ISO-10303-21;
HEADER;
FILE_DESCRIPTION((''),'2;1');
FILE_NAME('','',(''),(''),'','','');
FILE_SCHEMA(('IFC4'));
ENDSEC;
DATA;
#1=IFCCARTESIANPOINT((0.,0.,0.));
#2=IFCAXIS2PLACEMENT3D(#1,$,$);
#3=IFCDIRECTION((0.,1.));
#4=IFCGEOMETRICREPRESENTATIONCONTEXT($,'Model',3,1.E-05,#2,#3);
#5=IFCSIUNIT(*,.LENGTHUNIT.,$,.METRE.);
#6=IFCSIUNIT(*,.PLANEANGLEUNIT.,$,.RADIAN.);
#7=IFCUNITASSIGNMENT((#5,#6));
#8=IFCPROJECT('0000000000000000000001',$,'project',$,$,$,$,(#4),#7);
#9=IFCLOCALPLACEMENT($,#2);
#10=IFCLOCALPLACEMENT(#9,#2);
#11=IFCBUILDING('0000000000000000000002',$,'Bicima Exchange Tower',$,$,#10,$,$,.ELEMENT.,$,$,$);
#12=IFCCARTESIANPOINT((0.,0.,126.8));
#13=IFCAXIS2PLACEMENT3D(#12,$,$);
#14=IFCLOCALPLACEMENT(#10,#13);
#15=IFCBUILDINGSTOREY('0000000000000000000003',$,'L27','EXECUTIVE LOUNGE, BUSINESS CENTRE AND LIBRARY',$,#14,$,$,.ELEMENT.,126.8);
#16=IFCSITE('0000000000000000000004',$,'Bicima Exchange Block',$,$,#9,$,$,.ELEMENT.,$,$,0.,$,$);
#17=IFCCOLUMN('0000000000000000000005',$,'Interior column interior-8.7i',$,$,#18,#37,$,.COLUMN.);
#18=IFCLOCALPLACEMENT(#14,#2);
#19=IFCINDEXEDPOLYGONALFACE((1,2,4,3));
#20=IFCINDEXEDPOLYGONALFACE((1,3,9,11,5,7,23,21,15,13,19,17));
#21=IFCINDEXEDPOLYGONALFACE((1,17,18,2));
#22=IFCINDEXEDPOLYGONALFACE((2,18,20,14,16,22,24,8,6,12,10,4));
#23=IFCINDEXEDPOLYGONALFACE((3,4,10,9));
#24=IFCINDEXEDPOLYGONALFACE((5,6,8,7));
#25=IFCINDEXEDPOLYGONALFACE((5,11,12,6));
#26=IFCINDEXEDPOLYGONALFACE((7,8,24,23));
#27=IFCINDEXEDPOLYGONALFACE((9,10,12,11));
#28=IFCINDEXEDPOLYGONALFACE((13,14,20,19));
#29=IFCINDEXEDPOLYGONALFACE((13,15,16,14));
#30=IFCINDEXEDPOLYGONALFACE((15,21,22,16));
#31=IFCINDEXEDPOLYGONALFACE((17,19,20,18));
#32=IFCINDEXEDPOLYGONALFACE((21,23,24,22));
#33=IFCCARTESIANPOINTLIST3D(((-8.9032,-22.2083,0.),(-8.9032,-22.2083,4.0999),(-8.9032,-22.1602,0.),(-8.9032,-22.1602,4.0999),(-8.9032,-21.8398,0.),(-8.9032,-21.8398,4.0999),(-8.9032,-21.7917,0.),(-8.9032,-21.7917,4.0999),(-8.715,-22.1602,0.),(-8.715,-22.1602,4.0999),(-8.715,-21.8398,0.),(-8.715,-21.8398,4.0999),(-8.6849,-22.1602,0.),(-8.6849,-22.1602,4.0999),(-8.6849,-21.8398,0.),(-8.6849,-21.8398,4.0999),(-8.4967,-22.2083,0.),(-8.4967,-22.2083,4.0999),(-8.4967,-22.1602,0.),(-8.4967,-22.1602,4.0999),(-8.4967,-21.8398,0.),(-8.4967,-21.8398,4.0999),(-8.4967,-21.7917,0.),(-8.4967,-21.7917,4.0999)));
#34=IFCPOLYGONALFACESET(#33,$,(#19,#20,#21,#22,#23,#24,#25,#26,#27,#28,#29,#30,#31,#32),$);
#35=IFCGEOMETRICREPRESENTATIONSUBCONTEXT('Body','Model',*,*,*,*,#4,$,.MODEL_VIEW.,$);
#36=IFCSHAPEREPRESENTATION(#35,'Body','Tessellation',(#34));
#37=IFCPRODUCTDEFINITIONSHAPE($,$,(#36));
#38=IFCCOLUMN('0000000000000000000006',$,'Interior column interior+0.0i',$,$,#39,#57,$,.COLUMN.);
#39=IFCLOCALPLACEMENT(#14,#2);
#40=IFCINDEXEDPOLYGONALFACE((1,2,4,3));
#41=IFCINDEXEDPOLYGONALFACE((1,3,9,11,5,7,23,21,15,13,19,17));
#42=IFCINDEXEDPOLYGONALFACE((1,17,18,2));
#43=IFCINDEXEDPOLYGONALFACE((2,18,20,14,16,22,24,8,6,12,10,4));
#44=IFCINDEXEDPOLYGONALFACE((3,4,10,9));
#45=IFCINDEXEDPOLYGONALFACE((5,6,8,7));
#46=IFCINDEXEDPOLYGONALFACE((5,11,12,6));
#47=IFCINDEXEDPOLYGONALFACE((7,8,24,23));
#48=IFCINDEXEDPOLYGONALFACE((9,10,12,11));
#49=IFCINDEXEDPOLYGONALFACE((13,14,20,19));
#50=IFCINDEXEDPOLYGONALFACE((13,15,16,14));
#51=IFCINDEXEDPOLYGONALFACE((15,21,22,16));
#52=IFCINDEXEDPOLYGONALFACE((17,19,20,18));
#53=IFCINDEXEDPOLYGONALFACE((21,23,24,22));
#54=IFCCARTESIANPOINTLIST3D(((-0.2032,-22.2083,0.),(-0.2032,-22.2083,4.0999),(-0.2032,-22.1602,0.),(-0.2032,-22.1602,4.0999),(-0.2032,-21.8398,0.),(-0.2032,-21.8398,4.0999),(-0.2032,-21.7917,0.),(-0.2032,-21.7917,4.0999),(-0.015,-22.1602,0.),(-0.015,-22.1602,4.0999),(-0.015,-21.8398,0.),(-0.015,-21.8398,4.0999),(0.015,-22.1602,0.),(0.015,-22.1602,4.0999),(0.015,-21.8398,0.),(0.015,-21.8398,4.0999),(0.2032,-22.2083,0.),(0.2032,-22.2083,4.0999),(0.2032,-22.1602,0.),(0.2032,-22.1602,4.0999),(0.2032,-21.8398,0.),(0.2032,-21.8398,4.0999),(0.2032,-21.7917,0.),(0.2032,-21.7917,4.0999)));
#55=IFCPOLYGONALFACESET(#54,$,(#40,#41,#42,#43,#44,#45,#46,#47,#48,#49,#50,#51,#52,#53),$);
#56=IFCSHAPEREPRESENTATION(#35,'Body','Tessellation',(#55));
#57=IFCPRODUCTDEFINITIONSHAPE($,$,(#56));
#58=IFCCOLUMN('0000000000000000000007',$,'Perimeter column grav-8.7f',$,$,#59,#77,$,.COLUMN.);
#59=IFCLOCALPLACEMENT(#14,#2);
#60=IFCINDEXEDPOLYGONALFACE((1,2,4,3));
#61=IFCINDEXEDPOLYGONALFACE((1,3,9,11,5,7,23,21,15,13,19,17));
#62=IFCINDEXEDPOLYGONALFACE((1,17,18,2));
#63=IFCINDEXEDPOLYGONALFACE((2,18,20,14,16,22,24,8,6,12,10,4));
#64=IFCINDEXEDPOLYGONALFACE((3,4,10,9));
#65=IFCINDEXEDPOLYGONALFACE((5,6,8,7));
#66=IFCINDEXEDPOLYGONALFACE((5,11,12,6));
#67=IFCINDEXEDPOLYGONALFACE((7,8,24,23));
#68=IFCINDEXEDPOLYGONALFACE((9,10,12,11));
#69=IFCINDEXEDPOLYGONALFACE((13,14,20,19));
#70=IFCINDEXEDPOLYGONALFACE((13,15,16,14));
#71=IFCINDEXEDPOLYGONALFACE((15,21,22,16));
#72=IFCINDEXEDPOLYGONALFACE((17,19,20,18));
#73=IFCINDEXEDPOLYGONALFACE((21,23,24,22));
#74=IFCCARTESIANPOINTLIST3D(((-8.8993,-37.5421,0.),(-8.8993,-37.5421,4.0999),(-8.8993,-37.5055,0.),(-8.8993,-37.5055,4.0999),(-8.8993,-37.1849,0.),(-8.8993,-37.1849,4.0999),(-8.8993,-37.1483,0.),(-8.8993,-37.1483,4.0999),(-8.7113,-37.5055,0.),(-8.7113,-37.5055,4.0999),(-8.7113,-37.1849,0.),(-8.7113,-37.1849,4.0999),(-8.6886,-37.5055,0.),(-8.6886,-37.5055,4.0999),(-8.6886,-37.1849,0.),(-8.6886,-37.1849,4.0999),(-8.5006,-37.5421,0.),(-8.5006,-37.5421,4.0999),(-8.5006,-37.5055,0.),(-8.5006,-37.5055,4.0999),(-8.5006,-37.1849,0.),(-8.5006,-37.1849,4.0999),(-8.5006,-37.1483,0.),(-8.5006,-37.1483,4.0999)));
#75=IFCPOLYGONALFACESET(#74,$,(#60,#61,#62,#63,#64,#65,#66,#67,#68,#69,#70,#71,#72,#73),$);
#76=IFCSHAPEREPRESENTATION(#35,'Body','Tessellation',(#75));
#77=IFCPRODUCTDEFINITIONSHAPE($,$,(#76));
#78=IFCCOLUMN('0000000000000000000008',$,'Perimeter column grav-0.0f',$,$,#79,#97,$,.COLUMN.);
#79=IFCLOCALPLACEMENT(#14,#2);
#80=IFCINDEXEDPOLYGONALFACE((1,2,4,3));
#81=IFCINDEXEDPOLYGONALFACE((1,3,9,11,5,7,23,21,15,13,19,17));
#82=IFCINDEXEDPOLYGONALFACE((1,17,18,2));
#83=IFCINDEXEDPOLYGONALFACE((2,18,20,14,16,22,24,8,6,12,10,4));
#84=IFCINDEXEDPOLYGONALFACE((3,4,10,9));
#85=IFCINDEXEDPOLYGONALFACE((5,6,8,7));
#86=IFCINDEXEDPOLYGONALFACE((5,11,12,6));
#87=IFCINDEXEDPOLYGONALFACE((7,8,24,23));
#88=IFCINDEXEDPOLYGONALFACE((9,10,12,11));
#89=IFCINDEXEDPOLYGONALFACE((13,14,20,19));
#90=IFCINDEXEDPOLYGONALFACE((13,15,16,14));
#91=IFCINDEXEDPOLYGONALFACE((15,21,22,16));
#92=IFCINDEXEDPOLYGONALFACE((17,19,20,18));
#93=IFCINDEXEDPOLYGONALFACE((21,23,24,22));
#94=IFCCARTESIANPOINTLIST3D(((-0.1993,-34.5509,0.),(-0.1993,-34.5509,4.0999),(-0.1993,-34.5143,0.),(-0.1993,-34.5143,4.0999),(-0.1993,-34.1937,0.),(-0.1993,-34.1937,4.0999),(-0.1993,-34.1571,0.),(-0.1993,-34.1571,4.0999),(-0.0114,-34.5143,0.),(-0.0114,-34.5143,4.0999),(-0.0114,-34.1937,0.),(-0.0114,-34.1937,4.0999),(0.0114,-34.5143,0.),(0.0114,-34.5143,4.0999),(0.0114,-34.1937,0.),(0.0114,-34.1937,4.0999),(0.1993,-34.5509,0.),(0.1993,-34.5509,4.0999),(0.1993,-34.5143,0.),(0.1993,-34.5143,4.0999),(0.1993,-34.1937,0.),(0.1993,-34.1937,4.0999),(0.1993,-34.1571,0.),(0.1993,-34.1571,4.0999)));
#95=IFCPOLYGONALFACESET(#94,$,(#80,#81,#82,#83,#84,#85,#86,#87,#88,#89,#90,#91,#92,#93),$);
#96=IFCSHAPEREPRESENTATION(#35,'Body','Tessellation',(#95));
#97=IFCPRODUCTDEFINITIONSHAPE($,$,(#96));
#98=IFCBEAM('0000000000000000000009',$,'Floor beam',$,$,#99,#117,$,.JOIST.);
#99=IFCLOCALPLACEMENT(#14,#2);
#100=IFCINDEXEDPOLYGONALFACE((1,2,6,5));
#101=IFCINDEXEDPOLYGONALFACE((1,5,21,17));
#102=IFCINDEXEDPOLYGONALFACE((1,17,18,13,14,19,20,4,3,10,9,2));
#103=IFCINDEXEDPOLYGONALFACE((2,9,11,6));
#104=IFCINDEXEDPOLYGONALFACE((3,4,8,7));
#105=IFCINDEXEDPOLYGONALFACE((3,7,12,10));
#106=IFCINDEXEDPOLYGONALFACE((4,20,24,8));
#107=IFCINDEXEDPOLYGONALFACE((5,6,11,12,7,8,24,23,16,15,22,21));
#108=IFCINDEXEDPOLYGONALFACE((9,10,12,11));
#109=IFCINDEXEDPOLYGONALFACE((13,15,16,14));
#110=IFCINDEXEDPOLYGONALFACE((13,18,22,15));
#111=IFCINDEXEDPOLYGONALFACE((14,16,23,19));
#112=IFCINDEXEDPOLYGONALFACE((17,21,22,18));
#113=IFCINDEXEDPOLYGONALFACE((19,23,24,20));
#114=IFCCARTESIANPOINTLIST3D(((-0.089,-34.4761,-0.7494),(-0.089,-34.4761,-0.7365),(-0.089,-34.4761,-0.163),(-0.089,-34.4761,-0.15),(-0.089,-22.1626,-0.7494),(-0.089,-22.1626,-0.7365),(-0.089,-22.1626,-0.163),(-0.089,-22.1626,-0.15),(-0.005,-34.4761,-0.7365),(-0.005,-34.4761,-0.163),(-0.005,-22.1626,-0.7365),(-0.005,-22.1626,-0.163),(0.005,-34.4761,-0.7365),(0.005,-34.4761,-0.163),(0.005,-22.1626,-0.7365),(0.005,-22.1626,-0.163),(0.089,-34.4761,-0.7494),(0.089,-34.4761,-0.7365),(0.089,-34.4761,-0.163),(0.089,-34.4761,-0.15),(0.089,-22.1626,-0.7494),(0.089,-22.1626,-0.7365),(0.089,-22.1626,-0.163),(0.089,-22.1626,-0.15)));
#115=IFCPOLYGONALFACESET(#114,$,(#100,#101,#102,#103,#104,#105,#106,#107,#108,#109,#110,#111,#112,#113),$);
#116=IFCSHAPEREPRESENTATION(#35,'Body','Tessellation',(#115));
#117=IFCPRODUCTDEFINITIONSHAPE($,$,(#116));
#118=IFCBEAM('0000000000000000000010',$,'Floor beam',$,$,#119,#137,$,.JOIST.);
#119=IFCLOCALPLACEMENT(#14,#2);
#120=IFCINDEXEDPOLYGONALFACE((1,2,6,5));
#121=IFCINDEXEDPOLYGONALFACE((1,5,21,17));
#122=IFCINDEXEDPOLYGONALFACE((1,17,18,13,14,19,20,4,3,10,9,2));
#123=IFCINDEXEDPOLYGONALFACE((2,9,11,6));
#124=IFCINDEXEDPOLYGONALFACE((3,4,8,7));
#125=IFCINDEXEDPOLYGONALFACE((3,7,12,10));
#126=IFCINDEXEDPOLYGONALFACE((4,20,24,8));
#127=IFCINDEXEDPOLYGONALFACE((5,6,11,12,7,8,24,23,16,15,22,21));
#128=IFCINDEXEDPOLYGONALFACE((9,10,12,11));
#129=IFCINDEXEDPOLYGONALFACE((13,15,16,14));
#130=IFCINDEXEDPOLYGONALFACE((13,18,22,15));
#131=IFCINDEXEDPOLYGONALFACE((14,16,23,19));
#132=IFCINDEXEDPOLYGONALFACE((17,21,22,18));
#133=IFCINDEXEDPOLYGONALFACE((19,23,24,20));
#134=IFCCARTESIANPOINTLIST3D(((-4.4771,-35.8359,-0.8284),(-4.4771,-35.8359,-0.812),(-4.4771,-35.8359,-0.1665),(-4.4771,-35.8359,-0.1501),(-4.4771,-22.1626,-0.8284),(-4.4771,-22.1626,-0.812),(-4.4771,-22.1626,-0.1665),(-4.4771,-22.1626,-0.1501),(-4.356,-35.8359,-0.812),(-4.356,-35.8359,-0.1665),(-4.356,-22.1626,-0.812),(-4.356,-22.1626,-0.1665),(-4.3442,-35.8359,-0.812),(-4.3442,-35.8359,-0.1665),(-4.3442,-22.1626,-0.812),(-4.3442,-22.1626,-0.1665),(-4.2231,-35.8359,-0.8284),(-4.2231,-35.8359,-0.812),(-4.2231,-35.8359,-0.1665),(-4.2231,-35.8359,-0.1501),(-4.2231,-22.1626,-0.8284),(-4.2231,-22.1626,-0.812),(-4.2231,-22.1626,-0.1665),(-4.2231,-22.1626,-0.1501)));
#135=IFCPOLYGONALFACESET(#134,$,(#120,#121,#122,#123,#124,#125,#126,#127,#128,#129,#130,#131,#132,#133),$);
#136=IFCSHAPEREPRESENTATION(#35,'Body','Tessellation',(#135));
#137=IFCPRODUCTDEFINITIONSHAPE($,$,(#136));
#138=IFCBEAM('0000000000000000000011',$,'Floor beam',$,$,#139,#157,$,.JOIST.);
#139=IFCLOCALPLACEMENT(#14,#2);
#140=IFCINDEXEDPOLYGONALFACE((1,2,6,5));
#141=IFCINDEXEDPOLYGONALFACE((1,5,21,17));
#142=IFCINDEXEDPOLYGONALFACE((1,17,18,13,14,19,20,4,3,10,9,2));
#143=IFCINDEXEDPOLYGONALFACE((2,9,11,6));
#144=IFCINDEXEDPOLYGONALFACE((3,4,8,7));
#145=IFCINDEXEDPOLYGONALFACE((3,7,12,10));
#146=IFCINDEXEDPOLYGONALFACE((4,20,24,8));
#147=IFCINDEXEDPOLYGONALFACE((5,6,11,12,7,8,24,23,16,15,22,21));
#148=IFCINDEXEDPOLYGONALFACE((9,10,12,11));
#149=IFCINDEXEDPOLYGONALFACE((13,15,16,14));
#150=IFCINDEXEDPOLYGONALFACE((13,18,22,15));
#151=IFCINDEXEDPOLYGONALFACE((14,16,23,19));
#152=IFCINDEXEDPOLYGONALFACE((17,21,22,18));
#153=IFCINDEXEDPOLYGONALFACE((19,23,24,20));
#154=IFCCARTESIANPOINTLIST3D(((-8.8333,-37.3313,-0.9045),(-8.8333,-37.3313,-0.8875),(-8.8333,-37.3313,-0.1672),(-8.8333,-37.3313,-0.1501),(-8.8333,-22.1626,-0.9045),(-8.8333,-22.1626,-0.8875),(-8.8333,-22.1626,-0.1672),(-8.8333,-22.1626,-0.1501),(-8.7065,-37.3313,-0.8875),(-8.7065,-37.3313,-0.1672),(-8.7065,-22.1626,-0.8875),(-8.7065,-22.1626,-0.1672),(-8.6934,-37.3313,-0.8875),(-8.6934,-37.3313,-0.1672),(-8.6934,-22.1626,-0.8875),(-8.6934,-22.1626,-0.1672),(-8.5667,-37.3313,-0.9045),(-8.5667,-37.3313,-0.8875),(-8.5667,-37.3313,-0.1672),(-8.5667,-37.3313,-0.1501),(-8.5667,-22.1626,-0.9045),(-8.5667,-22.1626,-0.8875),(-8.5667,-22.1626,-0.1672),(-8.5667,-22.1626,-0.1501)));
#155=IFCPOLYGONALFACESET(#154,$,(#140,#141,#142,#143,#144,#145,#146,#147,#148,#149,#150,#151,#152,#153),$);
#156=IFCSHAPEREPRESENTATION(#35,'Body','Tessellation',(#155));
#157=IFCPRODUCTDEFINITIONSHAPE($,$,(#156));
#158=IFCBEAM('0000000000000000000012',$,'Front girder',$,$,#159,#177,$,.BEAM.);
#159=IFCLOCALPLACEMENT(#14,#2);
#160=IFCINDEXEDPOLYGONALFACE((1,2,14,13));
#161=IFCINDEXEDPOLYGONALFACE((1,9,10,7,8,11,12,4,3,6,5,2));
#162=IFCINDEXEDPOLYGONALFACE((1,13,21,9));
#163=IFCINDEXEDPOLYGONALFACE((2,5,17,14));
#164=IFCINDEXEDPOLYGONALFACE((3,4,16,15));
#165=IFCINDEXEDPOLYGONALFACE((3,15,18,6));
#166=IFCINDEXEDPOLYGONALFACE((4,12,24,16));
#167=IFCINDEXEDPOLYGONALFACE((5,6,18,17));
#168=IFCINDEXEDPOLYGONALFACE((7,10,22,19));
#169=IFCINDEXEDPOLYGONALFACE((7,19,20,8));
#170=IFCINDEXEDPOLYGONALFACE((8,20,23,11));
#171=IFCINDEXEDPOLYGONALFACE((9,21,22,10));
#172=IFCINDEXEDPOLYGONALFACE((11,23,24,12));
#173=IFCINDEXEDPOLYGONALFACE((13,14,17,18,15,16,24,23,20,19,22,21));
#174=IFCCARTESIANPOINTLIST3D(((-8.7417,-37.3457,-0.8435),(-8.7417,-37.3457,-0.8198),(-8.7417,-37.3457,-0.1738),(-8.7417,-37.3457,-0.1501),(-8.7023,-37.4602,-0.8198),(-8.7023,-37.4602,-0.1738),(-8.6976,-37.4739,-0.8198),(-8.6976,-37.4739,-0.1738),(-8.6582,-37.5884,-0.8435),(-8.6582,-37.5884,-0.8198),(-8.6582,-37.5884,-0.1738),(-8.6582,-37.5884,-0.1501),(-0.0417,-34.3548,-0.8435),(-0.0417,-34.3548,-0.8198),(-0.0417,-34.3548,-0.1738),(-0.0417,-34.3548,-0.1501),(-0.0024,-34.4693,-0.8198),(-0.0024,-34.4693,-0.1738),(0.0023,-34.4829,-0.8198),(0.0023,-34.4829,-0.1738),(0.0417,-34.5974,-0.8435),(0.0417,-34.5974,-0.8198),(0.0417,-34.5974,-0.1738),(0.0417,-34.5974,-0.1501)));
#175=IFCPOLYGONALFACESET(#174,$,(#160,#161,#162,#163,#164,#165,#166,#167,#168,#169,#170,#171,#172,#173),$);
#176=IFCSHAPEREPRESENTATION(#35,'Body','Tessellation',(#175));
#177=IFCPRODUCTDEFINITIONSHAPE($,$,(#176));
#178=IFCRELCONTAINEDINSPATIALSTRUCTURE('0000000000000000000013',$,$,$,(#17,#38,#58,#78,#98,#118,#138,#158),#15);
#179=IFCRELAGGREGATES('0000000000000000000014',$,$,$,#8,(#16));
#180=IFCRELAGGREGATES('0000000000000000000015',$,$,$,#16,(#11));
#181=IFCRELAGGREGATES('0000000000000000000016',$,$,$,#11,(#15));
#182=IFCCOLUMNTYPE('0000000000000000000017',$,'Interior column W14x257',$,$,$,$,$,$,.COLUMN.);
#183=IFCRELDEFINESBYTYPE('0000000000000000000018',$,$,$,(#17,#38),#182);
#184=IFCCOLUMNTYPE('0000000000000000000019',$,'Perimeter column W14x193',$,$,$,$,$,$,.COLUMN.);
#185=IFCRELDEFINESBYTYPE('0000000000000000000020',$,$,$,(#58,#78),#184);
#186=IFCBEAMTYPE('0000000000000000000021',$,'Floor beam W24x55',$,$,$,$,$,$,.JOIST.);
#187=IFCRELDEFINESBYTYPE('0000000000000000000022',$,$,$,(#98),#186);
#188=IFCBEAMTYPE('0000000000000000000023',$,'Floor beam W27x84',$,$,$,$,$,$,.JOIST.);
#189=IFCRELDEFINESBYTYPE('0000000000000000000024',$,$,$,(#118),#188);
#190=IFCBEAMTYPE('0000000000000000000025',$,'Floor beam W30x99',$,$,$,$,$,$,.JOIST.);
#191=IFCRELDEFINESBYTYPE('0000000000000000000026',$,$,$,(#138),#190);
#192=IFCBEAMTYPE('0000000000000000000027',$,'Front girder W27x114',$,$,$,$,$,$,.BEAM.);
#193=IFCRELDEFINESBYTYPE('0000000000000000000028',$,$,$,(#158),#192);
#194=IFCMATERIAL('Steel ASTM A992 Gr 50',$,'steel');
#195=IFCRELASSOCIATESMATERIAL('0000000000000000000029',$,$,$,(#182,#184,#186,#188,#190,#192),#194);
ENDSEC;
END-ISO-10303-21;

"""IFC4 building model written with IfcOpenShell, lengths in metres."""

from ifc_helpers import new_model, si_unit, direction, frame, origin, origin_2d, place, context, subcontext, project, spatial, i_section, extrude, material, material_profile, profile_set, type_object, element, save


model = new_model("IFC4")

# Units and contexts
model_context = context("Model", 3, precision=1e-05, world=origin(), true_north=direction((0.0, 1.0)))
body_context = subcontext(model_context, "Body", "Model", "MODEL_VIEW")
ifc_project = project(units=[si_unit("LENGTHUNIT", "METRE"), si_unit("PLANEANGLEUNIT", "RADIAN")], contexts=[model_context])

# Site, building, storey
site_placement = place(None, origin())
site = spatial("IfcSite", under=ifc_project, at=site_placement, Name="Bicima Exchange Block", CompositionType="ELEMENT", RefElevation=0.0)
building_placement = place(site_placement, origin())
building = spatial("IfcBuilding", under=site, at=building_placement, Name="Bicima Exchange Tower", CompositionType="ELEMENT")
storey_placement = place(building_placement, frame((0.0, 0.0, 126.8)))
storey = spatial("IfcBuildingStorey", under=building, at=storey_placement, Name="L27", Description="EXECUTIVE LOUNGE, BUSINESS CENTRE AND LIBRARY", CompositionType="ELEMENT", Elevation=126.8)

# Columns
ifc_material_1 = material(Name="Steel ASTM A992 Gr 50", Category="steel")
ifc_material_profile_1 = material_profile(ifc_material_1, i_section(OverallWidth=0.4065, OverallDepth=0.4165, WebThickness=0.03, FlangeThickness=0.0481, at=origin_2d()))
ifc_profile_set_1 = profile_set([ifc_material_profile_1], Name="Steel ASTM A992 Gr 50")
column_type_1 = type_object("IfcColumnType", Name="Interior column W14x257", PredefinedType="COLUMN", material=ifc_profile_set_1)
for number, where, z_axis, x_axis, name in (
    (1, (-8.7, -22.0, 0.0), (0.0, 0.0, 1.0), (1.0, 0.0, 0.0), "Interior column interior-8.7i"),
    (2, (0.0, -22.0, 0.0), (0.0, 0.0, 1.0), (1.0, 0.0, 0.0), "Interior column interior+0.0i"),
):
    element("IfcColumn", number, at=place(storey_placement, frame(where, z_axis=z_axis, x_axis=x_axis)), inside=storey, type_object=column_type_1, Name=name, PredefinedType="COLUMN", context=body_context, shape_type="SweptSolid", body=[
        extrude(i_section(OverallWidth=0.4065, OverallDepth=0.4165, WebThickness=0.03, FlangeThickness=0.0481, at=origin_2d()), origin(), (0.0, 0.0, 1.0), 4.0999),
    ])
ifc_material_profile_2 = material_profile(ifc_material_1, i_section(OverallWidth=0.3987, OverallDepth=0.3938, WebThickness=0.0227, FlangeThickness=0.0366, at=origin_2d()))
ifc_profile_set_2 = profile_set([ifc_material_profile_2], Name="Steel ASTM A992 Gr 50")
column_type_2 = type_object("IfcColumnType", Name="Perimeter column W14x193", PredefinedType="COLUMN", material=ifc_profile_set_2)
for number, where, z_axis, x_axis, name in (
    (3, (-8.7, -37.3452, 0.0), (0.0, 0.0, 1.0), (1.0, 0.0, 0.0), "Perimeter column grav-8.7f"),
    (4, (0.0, -34.354, 0.0), (0.0, 0.0, 1.0), (1.0, 0.0, 0.0), "Perimeter column grav-0.0f"),
):
    element("IfcColumn", number, at=place(storey_placement, frame(where, z_axis=z_axis, x_axis=x_axis)), inside=storey, type_object=column_type_2, Name=name, PredefinedType="COLUMN", context=body_context, shape_type="SweptSolid", body=[
        extrude(i_section(OverallWidth=0.3987, OverallDepth=0.3938, WebThickness=0.0227, FlangeThickness=0.0366, at=origin_2d()), origin(), (0.0, 0.0, 1.0), 4.0999),
    ])

# Beams
ifc_material_profile_3 = material_profile(ifc_material_1, i_section(OverallWidth=0.178, OverallDepth=0.5994, WebThickness=0.01, FlangeThickness=0.0129, at=origin_2d()))
ifc_profile_set_3 = profile_set([ifc_material_profile_3], Name="Steel ASTM A992 Gr 50")
beam_type_1 = type_object("IfcBeamType", Name="Floor beam W24x55", PredefinedType="JOIST", material=ifc_profile_set_3)
beam_1_placement = place(storey_placement, frame((0.0, -22.1626, -0.4497), z_axis=(0.0, -1.0, 0.0), x_axis=(1.0, 0.0, 0.0)))
element("IfcBeam", 5, at=beam_1_placement, inside=storey, type_object=beam_type_1, Name="Floor beam", PredefinedType="JOIST", context=body_context, shape_type="SweptSolid", body=[
    extrude(i_section(OverallWidth=0.178, OverallDepth=0.5994, WebThickness=0.01, FlangeThickness=0.0129, at=origin_2d()), origin(), (0.0, 0.0, 1.0), 12.3135),
])
ifc_material_profile_4 = material_profile(ifc_material_1, i_section(OverallWidth=0.2539, OverallDepth=0.6782, WebThickness=0.0117, FlangeThickness=0.0164, at=origin_2d()))
ifc_profile_set_4 = profile_set([ifc_material_profile_4], Name="Steel ASTM A992 Gr 50")
beam_type_2 = type_object("IfcBeamType", Name="Floor beam W27x84", PredefinedType="JOIST", material=ifc_profile_set_4)
beam_2_placement = place(storey_placement, frame((-4.3501, -22.1626, -0.4893), z_axis=(0.0, -1.0, 0.0), x_axis=(1.0, 0.0, 0.0)))
element("IfcBeam", 6, at=beam_2_placement, inside=storey, type_object=beam_type_2, Name="Floor beam", PredefinedType="JOIST", context=body_context, shape_type="SweptSolid", body=[
    extrude(i_section(OverallWidth=0.2539, OverallDepth=0.6782, WebThickness=0.0117, FlangeThickness=0.0164, at=origin_2d()), origin(), (0.0, 0.0, 1.0), 13.6733),
])
ifc_material_profile_5 = material_profile(ifc_material_1, i_section(OverallWidth=0.2666, OverallDepth=0.7544, WebThickness=0.0132, FlangeThickness=0.0171, at=origin_2d()))
ifc_profile_set_5 = profile_set([ifc_material_profile_5], Name="Steel ASTM A992 Gr 50")
beam_type_3 = type_object("IfcBeamType", Name="Floor beam W30x99", PredefinedType="JOIST", material=ifc_profile_set_5)
beam_3_placement = place(storey_placement, frame((-8.7, -22.1626, -0.5273), z_axis=(0.0, -1.0, 0.0), x_axis=(1.0, 0.0, 0.0)))
element("IfcBeam", 7, at=beam_3_placement, inside=storey, type_object=beam_type_3, Name="Floor beam", PredefinedType="JOIST", context=body_context, shape_type="SweptSolid", body=[
    extrude(i_section(OverallWidth=0.2666, OverallDepth=0.7544, WebThickness=0.0132, FlangeThickness=0.0171, at=origin_2d()), origin(), (0.0, 0.0, 1.0), 15.1687),
])
ifc_material_profile_6 = material_profile(ifc_material_1, i_section(OverallWidth=0.2566, OverallDepth=0.6934, WebThickness=0.0144, FlangeThickness=0.0237, at=origin_2d()))
ifc_profile_set_6 = profile_set([ifc_material_profile_6], Name="Steel ASTM A992 Gr 50")
beam_type_4 = type_object("IfcBeamType", Name="Front girder W27x114", PredefinedType="BEAM", material=ifc_profile_set_6)
for number, where, z_axis, x_axis, name in (
    (8, (-8.7, -37.467, -0.4968), (0.945675, 0.325115, 0.0), (-0.325115, 0.945675, 0.0), "Front girder"),
):
    element("IfcBeam", number, at=place(storey_placement, frame(where, z_axis=z_axis, x_axis=x_axis)), inside=storey, type_object=beam_type_4, Name=name, PredefinedType="BEAM", context=body_context, shape_type="SweptSolid", body=[
        extrude(i_section(OverallWidth=0.2566, OverallDepth=0.6934, WebThickness=0.0144, FlangeThickness=0.0237, at=origin_2d()), origin(), (0.0, 0.0, 1.0), 9.1997),
    ])

save(model, "model.ifc")
